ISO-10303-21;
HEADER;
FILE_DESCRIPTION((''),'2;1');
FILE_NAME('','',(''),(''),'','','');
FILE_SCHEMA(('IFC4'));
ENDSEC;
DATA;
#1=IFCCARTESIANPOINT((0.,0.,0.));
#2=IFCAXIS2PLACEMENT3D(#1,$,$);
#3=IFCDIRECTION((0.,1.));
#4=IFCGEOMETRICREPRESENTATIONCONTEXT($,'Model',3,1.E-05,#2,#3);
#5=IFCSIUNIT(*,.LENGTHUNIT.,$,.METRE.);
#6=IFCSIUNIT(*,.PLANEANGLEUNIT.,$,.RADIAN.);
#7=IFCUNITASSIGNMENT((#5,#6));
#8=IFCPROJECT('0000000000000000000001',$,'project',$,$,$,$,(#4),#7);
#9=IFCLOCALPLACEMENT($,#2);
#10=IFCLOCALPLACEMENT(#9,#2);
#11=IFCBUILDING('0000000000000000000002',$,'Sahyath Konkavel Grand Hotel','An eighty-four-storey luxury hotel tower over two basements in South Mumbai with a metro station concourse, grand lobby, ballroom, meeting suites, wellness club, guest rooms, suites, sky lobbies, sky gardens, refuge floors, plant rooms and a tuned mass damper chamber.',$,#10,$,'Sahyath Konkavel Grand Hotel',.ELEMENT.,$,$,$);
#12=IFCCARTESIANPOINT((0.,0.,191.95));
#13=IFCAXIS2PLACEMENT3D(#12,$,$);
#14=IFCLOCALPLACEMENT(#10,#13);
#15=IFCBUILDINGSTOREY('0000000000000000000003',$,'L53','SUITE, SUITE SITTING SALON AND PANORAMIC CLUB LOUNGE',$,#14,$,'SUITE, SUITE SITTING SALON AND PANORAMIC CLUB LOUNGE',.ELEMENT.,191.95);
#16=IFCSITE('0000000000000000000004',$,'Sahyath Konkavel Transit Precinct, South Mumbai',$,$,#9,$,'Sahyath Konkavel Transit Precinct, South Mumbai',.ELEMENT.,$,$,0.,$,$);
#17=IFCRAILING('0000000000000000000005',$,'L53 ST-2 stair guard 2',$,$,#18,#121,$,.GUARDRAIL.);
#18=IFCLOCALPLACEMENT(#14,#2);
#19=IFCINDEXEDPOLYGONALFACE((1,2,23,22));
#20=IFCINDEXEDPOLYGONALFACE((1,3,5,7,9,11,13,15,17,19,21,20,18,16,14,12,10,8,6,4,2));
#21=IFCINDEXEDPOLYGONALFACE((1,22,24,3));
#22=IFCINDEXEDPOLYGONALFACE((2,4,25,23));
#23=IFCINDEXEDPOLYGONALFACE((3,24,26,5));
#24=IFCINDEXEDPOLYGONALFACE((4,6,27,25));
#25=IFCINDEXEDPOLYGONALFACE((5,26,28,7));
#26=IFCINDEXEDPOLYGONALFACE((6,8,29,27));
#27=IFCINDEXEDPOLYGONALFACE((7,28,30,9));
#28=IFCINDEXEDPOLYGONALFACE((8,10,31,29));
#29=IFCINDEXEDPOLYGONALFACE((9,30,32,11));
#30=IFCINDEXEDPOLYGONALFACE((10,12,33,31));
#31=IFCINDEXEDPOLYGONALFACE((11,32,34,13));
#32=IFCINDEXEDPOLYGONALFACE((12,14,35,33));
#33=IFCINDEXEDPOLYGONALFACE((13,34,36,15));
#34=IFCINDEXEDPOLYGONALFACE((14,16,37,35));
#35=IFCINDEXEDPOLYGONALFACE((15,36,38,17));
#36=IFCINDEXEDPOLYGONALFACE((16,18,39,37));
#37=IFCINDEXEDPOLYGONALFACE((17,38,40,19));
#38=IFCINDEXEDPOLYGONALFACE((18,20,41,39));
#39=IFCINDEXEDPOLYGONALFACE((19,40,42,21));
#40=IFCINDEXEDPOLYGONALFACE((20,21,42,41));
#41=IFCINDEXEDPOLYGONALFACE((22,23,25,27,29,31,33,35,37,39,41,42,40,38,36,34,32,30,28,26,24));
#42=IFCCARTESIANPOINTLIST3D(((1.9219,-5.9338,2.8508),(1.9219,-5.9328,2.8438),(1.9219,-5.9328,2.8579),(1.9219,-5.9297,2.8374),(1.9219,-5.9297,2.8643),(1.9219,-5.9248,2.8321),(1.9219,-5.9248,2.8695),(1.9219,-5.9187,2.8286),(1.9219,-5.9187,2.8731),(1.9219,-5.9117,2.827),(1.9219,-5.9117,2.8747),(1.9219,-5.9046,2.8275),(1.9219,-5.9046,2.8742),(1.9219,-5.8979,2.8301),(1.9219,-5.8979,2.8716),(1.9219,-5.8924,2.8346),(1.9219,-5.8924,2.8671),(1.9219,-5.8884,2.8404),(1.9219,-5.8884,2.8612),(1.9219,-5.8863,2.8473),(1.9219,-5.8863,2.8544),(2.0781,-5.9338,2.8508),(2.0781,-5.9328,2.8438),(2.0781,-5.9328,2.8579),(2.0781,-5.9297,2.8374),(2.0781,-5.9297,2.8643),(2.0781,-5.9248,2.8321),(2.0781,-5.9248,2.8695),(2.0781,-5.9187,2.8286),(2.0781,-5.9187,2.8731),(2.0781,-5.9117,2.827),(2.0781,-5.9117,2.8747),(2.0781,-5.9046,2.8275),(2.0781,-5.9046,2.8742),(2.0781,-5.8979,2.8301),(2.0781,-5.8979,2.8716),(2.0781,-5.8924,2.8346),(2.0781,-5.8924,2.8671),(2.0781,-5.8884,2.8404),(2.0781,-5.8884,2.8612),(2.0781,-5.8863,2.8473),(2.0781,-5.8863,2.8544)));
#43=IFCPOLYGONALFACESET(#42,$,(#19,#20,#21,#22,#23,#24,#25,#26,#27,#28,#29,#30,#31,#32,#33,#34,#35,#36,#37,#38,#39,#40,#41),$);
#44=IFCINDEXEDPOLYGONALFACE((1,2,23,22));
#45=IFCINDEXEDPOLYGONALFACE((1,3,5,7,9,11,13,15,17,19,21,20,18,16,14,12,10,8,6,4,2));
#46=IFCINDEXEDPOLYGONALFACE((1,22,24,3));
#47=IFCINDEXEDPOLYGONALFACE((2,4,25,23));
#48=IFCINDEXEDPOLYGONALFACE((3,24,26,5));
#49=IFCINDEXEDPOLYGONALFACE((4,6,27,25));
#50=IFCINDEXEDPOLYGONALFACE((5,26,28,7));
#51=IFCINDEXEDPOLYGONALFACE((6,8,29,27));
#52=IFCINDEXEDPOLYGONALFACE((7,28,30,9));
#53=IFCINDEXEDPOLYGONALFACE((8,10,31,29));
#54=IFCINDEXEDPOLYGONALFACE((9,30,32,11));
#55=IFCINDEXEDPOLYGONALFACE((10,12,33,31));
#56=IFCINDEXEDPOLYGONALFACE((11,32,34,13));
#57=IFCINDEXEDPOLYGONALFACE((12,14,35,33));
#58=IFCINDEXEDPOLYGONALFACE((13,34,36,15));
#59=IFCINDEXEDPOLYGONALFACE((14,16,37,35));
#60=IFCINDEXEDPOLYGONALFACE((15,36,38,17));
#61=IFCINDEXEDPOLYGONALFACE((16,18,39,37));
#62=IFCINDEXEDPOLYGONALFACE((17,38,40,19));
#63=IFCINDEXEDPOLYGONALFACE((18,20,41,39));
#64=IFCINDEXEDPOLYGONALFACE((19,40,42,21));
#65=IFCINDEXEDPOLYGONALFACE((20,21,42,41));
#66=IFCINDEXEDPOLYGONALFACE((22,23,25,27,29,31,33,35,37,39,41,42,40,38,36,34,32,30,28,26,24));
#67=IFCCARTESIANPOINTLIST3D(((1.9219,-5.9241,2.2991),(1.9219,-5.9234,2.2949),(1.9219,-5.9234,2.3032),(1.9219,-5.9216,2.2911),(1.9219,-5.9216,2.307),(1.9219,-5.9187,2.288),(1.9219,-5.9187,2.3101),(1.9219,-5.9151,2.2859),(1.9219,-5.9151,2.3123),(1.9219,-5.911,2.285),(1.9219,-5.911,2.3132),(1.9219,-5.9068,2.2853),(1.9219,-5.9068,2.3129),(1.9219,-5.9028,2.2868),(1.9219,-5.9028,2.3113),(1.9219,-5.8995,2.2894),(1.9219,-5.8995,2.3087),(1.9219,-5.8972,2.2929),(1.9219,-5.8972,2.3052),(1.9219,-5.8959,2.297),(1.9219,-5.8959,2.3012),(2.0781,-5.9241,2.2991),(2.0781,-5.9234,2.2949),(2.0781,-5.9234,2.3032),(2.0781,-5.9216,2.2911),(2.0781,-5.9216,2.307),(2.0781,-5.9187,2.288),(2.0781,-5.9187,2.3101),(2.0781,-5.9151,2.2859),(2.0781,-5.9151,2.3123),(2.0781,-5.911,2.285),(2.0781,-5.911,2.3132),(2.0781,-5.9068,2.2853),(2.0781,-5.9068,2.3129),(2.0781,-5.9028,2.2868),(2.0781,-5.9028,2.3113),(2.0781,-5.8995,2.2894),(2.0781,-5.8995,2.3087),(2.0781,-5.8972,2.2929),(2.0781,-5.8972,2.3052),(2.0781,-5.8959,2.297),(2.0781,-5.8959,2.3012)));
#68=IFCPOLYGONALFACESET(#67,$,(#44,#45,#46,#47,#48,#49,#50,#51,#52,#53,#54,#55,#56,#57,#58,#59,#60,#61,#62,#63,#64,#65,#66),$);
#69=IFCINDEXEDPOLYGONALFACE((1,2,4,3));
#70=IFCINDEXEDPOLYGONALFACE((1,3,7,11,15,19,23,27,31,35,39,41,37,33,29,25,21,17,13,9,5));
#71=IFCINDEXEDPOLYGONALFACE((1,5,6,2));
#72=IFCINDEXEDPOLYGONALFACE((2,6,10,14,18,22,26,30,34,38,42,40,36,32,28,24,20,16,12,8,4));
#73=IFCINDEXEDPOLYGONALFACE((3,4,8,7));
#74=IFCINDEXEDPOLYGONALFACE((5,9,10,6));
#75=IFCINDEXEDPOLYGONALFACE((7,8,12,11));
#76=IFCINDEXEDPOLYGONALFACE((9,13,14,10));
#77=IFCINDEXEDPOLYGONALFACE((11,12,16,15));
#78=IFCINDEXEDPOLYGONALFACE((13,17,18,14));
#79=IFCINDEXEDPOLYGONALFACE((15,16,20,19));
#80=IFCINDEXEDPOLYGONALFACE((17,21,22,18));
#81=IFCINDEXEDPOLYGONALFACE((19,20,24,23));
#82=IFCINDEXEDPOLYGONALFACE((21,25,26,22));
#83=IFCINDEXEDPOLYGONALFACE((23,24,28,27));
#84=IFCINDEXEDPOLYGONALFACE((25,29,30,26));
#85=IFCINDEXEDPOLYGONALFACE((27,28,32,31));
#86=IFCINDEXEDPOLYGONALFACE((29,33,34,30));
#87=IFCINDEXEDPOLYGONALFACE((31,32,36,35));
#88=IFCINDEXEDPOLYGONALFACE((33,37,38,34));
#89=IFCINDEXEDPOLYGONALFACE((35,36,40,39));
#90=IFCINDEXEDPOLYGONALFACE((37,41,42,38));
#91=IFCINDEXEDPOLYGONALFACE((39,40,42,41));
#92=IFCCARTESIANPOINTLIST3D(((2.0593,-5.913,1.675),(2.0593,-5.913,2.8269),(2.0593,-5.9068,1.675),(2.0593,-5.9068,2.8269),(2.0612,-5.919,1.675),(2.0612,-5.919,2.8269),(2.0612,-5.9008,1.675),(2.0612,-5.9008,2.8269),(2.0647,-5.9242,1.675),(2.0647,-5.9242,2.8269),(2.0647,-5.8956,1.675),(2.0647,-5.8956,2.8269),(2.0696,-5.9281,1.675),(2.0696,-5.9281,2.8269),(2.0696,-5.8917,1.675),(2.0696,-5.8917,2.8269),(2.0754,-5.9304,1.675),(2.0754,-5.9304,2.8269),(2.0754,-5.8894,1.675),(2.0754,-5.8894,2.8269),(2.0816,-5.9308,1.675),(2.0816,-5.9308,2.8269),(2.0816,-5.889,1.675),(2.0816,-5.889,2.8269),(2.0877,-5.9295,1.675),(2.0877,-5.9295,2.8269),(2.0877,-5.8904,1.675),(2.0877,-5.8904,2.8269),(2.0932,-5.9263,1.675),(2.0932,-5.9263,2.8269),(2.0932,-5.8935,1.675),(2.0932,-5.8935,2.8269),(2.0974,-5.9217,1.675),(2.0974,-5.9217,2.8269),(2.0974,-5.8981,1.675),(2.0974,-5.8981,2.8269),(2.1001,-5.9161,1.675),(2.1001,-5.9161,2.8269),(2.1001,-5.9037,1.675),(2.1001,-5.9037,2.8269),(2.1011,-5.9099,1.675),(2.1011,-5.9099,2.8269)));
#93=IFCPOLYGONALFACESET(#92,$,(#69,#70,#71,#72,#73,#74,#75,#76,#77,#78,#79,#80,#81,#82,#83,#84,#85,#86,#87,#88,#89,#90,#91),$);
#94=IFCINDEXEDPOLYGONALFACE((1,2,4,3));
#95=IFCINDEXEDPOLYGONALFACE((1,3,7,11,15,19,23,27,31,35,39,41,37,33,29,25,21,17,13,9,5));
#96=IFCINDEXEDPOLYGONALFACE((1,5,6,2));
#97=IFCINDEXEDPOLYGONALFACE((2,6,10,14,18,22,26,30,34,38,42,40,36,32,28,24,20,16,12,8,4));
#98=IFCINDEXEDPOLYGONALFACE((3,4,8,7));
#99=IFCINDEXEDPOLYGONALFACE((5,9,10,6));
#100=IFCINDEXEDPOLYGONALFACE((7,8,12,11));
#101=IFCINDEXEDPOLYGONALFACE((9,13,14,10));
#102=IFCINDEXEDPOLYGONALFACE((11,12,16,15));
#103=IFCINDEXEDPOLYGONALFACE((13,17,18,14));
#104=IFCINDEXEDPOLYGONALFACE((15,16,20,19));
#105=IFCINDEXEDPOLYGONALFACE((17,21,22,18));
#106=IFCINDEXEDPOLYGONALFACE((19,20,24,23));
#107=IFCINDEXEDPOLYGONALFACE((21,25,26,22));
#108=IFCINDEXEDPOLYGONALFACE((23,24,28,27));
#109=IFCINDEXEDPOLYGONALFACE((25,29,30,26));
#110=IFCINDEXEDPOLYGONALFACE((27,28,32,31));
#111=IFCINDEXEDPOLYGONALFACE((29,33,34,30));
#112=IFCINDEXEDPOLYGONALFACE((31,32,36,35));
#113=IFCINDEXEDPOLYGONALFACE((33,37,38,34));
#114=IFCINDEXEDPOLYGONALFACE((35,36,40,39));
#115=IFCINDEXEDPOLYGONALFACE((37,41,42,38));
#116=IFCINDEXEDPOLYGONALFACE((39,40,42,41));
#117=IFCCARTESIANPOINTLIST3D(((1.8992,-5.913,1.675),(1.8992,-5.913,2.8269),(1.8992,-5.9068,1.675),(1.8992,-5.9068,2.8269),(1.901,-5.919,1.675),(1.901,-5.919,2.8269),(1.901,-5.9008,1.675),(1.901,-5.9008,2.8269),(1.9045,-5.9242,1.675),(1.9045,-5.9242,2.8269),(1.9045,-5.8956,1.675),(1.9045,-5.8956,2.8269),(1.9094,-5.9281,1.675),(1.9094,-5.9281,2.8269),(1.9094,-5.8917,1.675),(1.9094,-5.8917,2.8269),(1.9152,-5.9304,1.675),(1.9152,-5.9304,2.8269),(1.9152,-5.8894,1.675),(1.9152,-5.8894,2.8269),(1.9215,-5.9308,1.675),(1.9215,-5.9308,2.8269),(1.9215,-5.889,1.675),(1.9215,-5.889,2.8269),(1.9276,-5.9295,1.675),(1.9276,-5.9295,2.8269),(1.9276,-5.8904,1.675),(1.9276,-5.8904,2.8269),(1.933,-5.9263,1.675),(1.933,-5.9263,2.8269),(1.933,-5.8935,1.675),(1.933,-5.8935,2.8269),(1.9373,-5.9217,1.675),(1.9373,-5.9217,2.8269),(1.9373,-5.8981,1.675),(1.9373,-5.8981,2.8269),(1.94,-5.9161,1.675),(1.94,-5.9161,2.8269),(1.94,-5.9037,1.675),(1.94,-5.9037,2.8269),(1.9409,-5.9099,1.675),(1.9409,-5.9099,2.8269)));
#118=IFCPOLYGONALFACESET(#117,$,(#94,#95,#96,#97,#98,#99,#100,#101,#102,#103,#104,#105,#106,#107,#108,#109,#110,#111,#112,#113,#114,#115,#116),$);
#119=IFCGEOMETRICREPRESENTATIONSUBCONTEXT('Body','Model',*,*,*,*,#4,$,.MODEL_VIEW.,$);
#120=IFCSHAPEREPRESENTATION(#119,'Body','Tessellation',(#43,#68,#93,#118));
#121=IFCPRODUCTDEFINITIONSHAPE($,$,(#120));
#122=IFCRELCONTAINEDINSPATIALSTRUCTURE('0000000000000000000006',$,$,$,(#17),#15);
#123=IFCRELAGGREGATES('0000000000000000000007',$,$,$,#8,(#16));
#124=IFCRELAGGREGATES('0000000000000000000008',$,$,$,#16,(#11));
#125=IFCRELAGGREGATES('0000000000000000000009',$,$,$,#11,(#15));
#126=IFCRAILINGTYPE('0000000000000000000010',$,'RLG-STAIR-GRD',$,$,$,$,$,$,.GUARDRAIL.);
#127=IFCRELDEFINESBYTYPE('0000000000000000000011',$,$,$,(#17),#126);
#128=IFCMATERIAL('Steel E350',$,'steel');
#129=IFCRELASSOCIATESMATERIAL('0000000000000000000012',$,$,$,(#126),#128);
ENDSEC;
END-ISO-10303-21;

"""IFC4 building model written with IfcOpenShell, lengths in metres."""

from ifc_helpers import new_model, si_unit, direction, frame, origin, origin_2d, place, context, subcontext, project, spatial, circle, extrude, material, type_object, element, save


model = new_model("IFC4")

# Units and contexts
model_context = context("Model", 3, precision=1e-05, world=origin(), true_north=direction((0.0, 1.0)))
body_context = subcontext(model_context, "Body", "Model", "MODEL_VIEW")
ifc_project = project(units=[si_unit("LENGTHUNIT", "METRE"), si_unit("PLANEANGLEUNIT", "RADIAN")], contexts=[model_context])

# Site, building, storey
site_placement = place(None, origin())
site = spatial("IfcSite", under=ifc_project, at=site_placement, Name="Sahyath Konkavel Transit Precinct, South Mumbai", LongName="Sahyath Konkavel Transit Precinct, South Mumbai", CompositionType="ELEMENT", RefElevation=0.0)
building_placement = place(site_placement, origin())
building = spatial("IfcBuilding", under=site, at=building_placement, Name="Sahyath Konkavel Grand Hotel", Description="An eighty-four-storey luxury hotel tower over two basements in South Mumbai with a metro station concourse, grand lobby, ballroom, meeting suites, wellness club, guest rooms, suites, sky lobbies, sky gardens, refuge floors, plant rooms and a tuned mass damper chamber.", LongName="Sahyath Konkavel Grand Hotel", CompositionType="ELEMENT")
storey_placement = place(building_placement, frame((0.0, 0.0, 191.95)))
storey = spatial("IfcBuildingStorey", under=building, at=storey_placement, Name="L53", Description="SUITE, SUITE SITTING SALON AND PANORAMIC CLUB LOUNGE", LongName="SUITE, SUITE SITTING SALON AND PANORAMIC CLUB LOUNGE", CompositionType="ELEMENT", Elevation=191.95)

# Shared definitions
ifc_material_1 = material(Name="Steel E350", Category="steel")

# Railing
railing_type_1 = type_object("IfcRailingType", Name="RLG-STAIR-GRD", PredefinedType="GUARDRAIL", material=ifc_material_1)
railing_1_placement = place(storey_placement, frame((2.0801, -5.9099, 1.675)))
element("IfcRailing", 1, at=railing_1_placement, inside=storey, type_object=railing_type_1, Name="L53 ST-2 stair guard 2", PredefinedType="GUARDRAIL", context=body_context, shape_type="SweptSolid", body=[
    extrude(circle(Radius=0.0239, at=origin_2d()), frame((-0.002, 0.0, 1.1758), z_axis=(-1.0, 0.0, 0.0), x_axis=(0.0, -1.0, 0.0)), (0.0, 0.0, 1.0), 0.1562),
    extrude(circle(Radius=0.0142, at=origin_2d()), frame((-0.002, 0.0, 0.624), z_axis=(-1.0, 0.0, 0.0), x_axis=(0.0, -1.0, 0.0)), (0.0, 0.0, 1.0), 0.1562),
    extrude(circle(Radius=0.021, at=origin_2d()), origin(), (0.0, 0.0, 1.0), 1.1519),
    extrude(circle(Radius=0.021, at=origin_2d()), frame((-0.1602, 0.0, 0.0)), (0.0, 0.0, 1.0), 1.1519),
])

save(model, "model.ifc")
